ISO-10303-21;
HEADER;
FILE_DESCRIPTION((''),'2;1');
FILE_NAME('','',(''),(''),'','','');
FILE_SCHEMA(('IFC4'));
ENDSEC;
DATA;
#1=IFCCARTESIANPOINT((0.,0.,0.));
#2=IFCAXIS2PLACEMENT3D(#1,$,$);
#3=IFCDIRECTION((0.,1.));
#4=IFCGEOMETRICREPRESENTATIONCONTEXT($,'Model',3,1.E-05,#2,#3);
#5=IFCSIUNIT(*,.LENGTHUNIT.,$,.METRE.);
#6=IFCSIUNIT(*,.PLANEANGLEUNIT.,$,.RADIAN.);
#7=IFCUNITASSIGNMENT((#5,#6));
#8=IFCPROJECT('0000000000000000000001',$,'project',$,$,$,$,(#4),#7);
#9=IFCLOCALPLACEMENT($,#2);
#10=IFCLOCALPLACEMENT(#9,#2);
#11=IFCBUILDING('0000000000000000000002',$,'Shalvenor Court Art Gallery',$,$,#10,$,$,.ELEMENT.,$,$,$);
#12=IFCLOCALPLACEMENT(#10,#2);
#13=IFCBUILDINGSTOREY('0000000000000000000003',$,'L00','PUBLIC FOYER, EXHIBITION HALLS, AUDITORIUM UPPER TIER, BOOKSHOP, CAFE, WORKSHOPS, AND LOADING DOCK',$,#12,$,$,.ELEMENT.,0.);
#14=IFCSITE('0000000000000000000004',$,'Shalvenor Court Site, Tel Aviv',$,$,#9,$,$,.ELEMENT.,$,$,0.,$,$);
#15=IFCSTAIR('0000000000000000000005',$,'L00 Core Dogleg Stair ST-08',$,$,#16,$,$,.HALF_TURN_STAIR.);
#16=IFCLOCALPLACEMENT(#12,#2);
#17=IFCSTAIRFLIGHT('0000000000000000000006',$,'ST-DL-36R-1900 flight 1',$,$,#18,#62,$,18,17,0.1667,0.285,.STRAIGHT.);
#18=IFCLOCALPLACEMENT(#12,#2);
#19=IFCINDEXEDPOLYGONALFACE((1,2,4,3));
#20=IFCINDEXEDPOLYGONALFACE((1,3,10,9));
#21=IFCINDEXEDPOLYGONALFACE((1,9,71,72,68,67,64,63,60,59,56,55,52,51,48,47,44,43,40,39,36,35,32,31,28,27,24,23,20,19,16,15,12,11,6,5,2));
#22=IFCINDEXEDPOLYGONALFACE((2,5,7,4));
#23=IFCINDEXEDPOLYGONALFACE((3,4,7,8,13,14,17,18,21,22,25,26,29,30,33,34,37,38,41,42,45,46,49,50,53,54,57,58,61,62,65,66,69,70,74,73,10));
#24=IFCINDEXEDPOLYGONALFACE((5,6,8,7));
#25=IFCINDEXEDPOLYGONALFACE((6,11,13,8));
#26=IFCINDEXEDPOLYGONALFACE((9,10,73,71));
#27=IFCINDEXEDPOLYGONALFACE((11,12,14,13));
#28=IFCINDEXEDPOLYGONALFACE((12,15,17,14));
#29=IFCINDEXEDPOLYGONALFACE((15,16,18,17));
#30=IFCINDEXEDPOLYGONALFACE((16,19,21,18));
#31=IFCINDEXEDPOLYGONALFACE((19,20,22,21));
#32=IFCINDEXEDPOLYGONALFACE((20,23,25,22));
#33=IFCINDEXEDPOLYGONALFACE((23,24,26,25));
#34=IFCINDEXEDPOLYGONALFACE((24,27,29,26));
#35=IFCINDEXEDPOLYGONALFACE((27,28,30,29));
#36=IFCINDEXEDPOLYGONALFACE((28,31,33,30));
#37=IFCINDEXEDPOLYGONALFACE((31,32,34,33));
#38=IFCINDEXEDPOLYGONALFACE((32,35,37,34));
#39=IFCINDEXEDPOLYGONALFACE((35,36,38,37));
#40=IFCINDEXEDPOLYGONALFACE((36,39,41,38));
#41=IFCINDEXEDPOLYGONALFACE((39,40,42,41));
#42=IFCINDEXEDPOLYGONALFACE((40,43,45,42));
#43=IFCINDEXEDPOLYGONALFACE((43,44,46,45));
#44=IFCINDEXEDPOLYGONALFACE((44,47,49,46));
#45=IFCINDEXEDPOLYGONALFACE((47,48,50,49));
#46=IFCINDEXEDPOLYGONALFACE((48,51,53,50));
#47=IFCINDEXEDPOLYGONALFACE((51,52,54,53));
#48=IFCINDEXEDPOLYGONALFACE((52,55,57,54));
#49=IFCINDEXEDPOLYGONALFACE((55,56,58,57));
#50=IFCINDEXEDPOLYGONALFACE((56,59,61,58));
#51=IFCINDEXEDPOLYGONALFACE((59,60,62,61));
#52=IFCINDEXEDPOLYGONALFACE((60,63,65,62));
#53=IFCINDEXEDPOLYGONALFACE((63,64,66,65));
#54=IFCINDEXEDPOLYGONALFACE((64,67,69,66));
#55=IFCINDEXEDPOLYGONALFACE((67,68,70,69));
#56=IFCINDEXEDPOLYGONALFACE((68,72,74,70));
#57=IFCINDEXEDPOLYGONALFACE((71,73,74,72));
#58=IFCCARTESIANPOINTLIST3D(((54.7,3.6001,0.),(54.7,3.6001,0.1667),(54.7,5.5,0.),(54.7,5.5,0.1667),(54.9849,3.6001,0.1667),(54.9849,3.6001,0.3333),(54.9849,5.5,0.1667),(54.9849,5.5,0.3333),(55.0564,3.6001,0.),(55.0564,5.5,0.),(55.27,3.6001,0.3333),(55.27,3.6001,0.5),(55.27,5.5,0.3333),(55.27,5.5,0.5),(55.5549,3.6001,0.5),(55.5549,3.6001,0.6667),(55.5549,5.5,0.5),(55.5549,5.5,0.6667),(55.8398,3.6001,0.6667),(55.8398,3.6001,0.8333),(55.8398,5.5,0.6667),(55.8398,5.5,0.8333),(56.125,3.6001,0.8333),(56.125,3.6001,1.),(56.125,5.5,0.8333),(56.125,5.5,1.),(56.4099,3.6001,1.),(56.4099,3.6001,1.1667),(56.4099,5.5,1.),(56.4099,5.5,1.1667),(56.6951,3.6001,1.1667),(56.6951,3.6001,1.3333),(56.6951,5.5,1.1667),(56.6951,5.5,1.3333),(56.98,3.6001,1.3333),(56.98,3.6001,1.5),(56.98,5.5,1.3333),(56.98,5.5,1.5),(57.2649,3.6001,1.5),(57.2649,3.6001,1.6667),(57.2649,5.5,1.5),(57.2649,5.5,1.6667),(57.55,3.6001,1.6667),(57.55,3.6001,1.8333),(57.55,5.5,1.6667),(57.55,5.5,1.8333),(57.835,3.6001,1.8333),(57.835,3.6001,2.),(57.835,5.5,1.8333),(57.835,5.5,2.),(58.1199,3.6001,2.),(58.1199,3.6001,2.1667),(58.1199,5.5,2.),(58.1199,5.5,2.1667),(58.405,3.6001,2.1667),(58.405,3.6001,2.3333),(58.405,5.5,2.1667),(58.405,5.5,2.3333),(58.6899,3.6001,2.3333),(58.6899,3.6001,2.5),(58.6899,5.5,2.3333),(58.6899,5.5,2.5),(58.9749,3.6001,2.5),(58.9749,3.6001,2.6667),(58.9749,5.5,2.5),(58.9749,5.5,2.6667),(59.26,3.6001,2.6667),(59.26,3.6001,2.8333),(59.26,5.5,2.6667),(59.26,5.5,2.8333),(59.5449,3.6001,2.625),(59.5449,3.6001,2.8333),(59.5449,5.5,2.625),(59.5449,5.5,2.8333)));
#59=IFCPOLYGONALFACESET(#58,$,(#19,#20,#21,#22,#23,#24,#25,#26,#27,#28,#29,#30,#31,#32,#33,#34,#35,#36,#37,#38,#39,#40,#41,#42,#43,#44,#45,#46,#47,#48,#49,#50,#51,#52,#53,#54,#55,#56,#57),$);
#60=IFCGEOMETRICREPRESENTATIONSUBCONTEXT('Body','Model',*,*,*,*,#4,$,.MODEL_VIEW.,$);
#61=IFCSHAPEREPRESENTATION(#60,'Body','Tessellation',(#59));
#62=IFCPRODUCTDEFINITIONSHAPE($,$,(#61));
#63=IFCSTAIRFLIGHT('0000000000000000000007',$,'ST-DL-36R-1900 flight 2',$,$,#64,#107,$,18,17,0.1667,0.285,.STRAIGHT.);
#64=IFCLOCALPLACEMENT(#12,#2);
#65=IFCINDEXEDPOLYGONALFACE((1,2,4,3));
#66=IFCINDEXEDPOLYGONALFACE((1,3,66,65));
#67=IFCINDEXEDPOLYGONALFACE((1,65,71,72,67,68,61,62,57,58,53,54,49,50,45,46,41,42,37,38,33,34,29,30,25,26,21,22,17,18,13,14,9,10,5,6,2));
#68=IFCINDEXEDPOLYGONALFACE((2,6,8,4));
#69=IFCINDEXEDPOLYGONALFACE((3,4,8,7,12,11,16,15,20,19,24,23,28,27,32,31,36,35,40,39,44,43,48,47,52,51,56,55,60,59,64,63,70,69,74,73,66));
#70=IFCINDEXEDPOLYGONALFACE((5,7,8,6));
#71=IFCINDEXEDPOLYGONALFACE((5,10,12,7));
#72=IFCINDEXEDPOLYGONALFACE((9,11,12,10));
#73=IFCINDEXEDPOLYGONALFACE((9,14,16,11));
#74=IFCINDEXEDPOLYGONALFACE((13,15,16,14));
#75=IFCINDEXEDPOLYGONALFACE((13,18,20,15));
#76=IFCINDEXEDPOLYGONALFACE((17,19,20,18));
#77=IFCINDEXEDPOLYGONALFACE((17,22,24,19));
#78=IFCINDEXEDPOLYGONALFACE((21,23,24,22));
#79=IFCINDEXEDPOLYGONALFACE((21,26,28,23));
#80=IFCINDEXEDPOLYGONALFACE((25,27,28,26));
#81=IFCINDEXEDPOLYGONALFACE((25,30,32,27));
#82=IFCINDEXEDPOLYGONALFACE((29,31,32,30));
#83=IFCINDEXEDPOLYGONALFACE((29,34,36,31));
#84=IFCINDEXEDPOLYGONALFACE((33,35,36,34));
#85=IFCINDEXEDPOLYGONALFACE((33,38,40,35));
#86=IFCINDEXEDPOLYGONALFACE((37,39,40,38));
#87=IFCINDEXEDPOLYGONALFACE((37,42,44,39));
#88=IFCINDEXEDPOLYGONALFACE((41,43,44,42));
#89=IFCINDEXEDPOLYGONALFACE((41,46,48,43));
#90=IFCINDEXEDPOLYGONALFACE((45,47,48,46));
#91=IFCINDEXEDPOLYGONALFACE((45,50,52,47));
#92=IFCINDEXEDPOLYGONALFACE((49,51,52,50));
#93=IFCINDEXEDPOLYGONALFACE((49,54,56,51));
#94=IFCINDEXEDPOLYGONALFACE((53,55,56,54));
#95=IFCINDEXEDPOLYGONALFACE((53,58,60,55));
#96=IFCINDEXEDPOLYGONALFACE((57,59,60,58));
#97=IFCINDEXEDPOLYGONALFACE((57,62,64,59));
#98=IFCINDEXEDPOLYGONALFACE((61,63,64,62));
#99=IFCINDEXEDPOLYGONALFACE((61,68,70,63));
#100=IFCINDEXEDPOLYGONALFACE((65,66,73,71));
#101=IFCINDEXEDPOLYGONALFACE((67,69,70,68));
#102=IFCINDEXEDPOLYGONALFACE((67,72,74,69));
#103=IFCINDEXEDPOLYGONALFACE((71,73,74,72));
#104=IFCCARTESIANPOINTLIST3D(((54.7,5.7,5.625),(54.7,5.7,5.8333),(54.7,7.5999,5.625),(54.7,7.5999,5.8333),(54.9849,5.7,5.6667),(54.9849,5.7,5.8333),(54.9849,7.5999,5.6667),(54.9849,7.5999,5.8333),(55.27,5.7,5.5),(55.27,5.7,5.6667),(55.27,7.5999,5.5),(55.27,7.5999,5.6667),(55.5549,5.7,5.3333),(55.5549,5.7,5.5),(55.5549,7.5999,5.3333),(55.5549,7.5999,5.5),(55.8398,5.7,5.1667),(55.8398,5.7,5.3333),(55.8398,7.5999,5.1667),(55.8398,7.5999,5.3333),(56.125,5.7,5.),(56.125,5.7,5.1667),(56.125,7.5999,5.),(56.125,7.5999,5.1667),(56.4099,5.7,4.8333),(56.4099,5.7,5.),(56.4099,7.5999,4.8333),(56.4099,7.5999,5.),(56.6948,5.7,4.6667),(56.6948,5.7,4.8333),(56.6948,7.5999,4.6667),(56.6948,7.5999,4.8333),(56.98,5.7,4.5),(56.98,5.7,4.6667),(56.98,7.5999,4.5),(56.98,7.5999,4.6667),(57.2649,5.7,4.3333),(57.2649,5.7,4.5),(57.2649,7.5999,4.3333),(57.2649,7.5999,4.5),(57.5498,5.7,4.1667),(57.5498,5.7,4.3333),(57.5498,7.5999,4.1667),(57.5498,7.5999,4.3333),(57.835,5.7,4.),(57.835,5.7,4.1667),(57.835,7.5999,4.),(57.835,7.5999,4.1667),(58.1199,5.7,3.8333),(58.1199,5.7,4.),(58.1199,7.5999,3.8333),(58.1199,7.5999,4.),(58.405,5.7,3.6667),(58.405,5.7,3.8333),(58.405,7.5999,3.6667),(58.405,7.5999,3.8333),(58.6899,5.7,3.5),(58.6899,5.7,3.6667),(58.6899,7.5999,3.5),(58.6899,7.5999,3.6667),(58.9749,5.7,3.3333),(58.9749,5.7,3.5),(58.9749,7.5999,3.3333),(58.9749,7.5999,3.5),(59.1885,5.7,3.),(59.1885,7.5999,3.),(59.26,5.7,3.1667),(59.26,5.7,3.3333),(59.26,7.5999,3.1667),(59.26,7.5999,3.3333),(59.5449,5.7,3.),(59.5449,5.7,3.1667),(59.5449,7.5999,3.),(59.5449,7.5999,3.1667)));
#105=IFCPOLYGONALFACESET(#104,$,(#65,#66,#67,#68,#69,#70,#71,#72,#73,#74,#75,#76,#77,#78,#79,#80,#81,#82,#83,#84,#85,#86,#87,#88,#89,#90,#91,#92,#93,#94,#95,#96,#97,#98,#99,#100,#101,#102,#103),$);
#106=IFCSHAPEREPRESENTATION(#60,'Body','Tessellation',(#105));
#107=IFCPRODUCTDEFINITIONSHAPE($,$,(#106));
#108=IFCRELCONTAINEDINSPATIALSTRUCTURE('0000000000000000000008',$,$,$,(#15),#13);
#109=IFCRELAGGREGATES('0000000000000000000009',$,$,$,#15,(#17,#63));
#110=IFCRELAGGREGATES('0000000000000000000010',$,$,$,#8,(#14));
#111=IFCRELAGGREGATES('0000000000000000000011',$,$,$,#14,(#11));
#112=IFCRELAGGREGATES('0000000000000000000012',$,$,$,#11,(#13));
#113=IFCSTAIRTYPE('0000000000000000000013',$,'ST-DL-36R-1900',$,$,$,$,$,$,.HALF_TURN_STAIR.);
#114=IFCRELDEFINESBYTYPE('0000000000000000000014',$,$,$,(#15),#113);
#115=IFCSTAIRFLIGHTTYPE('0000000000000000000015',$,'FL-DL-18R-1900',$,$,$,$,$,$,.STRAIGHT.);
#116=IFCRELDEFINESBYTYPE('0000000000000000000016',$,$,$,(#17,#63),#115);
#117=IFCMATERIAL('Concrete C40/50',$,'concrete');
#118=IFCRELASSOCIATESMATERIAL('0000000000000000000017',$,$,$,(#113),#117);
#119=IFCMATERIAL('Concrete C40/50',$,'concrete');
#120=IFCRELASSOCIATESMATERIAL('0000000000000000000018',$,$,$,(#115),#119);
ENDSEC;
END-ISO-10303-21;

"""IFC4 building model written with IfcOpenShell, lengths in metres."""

from ifc_helpers import new_model, si_unit, direction, frame, origin, place, context, subcontext, project, spatial, polyline, outline, extrude, material, type_object, element, aggregate, save


model = new_model("IFC4")

# Units and contexts
model_context = context("Model", 3, precision=1e-05, world=origin(), true_north=direction((0.0, 1.0)))
body_context = subcontext(model_context, "Body", "Model", "MODEL_VIEW")
ifc_project = project(units=[si_unit("LENGTHUNIT", "METRE"), si_unit("PLANEANGLEUNIT", "RADIAN")], contexts=[model_context])

# Site, building, storey
site_placement = place(None, origin())
site = spatial("IfcSite", under=ifc_project, at=site_placement, Name="Shalvenor Court Site, Tel Aviv", CompositionType="ELEMENT", RefElevation=0.0)
building_placement = place(site_placement, origin())
building = spatial("IfcBuilding", under=site, at=building_placement, Name="Shalvenor Court Art Gallery", CompositionType="ELEMENT")
storey_placement = place(building_placement, origin())
storey = spatial("IfcBuildingStorey", under=building, at=storey_placement, Name="L00", Description="PUBLIC FOYER, EXHIBITION HALLS, AUDITORIUM UPPER TIER, BOOKSHOP, CAFE, WORKSHOPS, AND LOADING DOCK", CompositionType="ELEMENT", Elevation=0.0)

# Stair, stair flights
ifc_material_1 = material(Name="Concrete C40/50", Category="concrete")
stair_type = type_object("IfcStairType", Name="ST-DL-36R-1900", PredefinedType="HALF_TURN_STAIR", material=ifc_material_1)
stair_placement = place(storey_placement, origin())
stair = element("IfcStair", 1, at=stair_placement, inside=storey, type_object=stair_type, Name="L00 Core Dogleg Stair ST-08", PredefinedType="HALF_TURN_STAIR")
ifc_material_2 = material(Name="Concrete C40/50", Category="concrete")
stair_flight_type = type_object("IfcStairFlightType", Name="FL-DL-18R-1900", PredefinedType="STRAIGHT", material=ifc_material_2)
stair_flight_1_placement = place(storey_placement, frame((54.7, 4.55, 0.0), z_axis=(0.0, 0.0, 1.0), x_axis=(1.0, 0.0, 0.0)))
stair_flight_1 = element("IfcStairFlight", 2, at=stair_flight_1_placement, type_object=stair_flight_type, Name="ST-DL-36R-1900 flight 1", NumberOfRisers=18, NumberOfTreads=17, PredefinedType="STRAIGHT", RiserHeight=0.1667, TreadLength=0.285, context=body_context, shape_type="SweptSolid", body=[
    extrude(outline(polyline([(0.0, 0.0), (0.0, 0.1667), (0.2849, 0.1667), (0.2849, 0.3333), (0.5701, 0.3333), (0.5701, 0.5), (0.855, 0.5), (0.855, 0.6667), (1.1399, 0.6667), (1.1399, 0.8333), (1.425, 0.8333), (1.425, 1.0), (1.71, 1.0), (1.71, 1.1667), (1.9951, 1.1667), (1.9951, 1.3333), (2.28, 1.3333), (2.28, 1.5), (2.5649, 1.5), (2.5649, 1.6667), (2.8501, 1.6667), (2.8501, 1.8333), (3.135, 1.8333), (3.135, 2.0), (3.4199, 2.0), (3.4199, 2.1667), (3.7051, 2.1667), (3.7051, 2.3333), (3.99, 2.3333), (3.99, 2.5), (4.2749, 2.5), (4.2749, 2.6667), (4.5601, 2.6667), (4.5601, 2.8333), (4.845, 2.8333), (4.845, 3.0), (4.845, 2.625), (0.3564, 0.0), (0.0, 0.0)])), frame((0.0, 0.95, 0.0), z_axis=(0.0, -1.0, 0.0), x_axis=(1.0, 0.0, 0.0)), (0.0, 0.0, 1.0), 1.8999),
])
stair_flight_2_placement = place(storey_placement, frame((59.5449, 6.6499, 3.0), z_axis=(0.0, 0.0, 1.0), x_axis=(-1.0, 0.0, 0.0)))
stair_flight_2 = element("IfcStairFlight", 3, at=stair_flight_2_placement, type_object=stair_flight_type, Name="ST-DL-36R-1900 flight 2", NumberOfRisers=18, NumberOfTreads=17, PredefinedType="STRAIGHT", RiserHeight=0.1667, TreadLength=0.285, context=body_context, shape_type="SweptSolid", body=[
    extrude(outline(polyline([(0.0, 0.0), (0.0, 0.1667), (0.2849, 0.1667), (0.2849, 0.3333), (0.5701, 0.3333), (0.5701, 0.5), (0.855, 0.5), (0.855, 0.6667), (1.1399, 0.6667), (1.1399, 0.8333), (1.425, 0.8333), (1.425, 1.0), (1.71, 1.0), (1.71, 1.1667), (1.9951, 1.1667), (1.9951, 1.3333), (2.28, 1.3333), (2.28, 1.5), (2.5649, 1.5), (2.5649, 1.6667), (2.8501, 1.6667), (2.8501, 1.8333), (3.135, 1.8333), (3.135, 2.0), (3.4199, 2.0), (3.4199, 2.1667), (3.7051, 2.1667), (3.7051, 2.3333), (3.99, 2.3333), (3.99, 2.5), (4.2749, 2.5), (4.2749, 2.6667), (4.5601, 2.6667), (4.5601, 2.8333), (4.845, 2.8333), (4.845, 3.0), (4.845, 2.625), (0.3564, 0.0), (0.0, 0.0)])), frame((0.0, 0.95, 0.0), z_axis=(0.0, -1.0, 0.0), x_axis=(1.0, 0.0, 0.0)), (0.0, 0.0, 1.0), 1.8999),
])
aggregate(stair, [stair_flight_1, stair_flight_2])

save(model, "model.ifc")
